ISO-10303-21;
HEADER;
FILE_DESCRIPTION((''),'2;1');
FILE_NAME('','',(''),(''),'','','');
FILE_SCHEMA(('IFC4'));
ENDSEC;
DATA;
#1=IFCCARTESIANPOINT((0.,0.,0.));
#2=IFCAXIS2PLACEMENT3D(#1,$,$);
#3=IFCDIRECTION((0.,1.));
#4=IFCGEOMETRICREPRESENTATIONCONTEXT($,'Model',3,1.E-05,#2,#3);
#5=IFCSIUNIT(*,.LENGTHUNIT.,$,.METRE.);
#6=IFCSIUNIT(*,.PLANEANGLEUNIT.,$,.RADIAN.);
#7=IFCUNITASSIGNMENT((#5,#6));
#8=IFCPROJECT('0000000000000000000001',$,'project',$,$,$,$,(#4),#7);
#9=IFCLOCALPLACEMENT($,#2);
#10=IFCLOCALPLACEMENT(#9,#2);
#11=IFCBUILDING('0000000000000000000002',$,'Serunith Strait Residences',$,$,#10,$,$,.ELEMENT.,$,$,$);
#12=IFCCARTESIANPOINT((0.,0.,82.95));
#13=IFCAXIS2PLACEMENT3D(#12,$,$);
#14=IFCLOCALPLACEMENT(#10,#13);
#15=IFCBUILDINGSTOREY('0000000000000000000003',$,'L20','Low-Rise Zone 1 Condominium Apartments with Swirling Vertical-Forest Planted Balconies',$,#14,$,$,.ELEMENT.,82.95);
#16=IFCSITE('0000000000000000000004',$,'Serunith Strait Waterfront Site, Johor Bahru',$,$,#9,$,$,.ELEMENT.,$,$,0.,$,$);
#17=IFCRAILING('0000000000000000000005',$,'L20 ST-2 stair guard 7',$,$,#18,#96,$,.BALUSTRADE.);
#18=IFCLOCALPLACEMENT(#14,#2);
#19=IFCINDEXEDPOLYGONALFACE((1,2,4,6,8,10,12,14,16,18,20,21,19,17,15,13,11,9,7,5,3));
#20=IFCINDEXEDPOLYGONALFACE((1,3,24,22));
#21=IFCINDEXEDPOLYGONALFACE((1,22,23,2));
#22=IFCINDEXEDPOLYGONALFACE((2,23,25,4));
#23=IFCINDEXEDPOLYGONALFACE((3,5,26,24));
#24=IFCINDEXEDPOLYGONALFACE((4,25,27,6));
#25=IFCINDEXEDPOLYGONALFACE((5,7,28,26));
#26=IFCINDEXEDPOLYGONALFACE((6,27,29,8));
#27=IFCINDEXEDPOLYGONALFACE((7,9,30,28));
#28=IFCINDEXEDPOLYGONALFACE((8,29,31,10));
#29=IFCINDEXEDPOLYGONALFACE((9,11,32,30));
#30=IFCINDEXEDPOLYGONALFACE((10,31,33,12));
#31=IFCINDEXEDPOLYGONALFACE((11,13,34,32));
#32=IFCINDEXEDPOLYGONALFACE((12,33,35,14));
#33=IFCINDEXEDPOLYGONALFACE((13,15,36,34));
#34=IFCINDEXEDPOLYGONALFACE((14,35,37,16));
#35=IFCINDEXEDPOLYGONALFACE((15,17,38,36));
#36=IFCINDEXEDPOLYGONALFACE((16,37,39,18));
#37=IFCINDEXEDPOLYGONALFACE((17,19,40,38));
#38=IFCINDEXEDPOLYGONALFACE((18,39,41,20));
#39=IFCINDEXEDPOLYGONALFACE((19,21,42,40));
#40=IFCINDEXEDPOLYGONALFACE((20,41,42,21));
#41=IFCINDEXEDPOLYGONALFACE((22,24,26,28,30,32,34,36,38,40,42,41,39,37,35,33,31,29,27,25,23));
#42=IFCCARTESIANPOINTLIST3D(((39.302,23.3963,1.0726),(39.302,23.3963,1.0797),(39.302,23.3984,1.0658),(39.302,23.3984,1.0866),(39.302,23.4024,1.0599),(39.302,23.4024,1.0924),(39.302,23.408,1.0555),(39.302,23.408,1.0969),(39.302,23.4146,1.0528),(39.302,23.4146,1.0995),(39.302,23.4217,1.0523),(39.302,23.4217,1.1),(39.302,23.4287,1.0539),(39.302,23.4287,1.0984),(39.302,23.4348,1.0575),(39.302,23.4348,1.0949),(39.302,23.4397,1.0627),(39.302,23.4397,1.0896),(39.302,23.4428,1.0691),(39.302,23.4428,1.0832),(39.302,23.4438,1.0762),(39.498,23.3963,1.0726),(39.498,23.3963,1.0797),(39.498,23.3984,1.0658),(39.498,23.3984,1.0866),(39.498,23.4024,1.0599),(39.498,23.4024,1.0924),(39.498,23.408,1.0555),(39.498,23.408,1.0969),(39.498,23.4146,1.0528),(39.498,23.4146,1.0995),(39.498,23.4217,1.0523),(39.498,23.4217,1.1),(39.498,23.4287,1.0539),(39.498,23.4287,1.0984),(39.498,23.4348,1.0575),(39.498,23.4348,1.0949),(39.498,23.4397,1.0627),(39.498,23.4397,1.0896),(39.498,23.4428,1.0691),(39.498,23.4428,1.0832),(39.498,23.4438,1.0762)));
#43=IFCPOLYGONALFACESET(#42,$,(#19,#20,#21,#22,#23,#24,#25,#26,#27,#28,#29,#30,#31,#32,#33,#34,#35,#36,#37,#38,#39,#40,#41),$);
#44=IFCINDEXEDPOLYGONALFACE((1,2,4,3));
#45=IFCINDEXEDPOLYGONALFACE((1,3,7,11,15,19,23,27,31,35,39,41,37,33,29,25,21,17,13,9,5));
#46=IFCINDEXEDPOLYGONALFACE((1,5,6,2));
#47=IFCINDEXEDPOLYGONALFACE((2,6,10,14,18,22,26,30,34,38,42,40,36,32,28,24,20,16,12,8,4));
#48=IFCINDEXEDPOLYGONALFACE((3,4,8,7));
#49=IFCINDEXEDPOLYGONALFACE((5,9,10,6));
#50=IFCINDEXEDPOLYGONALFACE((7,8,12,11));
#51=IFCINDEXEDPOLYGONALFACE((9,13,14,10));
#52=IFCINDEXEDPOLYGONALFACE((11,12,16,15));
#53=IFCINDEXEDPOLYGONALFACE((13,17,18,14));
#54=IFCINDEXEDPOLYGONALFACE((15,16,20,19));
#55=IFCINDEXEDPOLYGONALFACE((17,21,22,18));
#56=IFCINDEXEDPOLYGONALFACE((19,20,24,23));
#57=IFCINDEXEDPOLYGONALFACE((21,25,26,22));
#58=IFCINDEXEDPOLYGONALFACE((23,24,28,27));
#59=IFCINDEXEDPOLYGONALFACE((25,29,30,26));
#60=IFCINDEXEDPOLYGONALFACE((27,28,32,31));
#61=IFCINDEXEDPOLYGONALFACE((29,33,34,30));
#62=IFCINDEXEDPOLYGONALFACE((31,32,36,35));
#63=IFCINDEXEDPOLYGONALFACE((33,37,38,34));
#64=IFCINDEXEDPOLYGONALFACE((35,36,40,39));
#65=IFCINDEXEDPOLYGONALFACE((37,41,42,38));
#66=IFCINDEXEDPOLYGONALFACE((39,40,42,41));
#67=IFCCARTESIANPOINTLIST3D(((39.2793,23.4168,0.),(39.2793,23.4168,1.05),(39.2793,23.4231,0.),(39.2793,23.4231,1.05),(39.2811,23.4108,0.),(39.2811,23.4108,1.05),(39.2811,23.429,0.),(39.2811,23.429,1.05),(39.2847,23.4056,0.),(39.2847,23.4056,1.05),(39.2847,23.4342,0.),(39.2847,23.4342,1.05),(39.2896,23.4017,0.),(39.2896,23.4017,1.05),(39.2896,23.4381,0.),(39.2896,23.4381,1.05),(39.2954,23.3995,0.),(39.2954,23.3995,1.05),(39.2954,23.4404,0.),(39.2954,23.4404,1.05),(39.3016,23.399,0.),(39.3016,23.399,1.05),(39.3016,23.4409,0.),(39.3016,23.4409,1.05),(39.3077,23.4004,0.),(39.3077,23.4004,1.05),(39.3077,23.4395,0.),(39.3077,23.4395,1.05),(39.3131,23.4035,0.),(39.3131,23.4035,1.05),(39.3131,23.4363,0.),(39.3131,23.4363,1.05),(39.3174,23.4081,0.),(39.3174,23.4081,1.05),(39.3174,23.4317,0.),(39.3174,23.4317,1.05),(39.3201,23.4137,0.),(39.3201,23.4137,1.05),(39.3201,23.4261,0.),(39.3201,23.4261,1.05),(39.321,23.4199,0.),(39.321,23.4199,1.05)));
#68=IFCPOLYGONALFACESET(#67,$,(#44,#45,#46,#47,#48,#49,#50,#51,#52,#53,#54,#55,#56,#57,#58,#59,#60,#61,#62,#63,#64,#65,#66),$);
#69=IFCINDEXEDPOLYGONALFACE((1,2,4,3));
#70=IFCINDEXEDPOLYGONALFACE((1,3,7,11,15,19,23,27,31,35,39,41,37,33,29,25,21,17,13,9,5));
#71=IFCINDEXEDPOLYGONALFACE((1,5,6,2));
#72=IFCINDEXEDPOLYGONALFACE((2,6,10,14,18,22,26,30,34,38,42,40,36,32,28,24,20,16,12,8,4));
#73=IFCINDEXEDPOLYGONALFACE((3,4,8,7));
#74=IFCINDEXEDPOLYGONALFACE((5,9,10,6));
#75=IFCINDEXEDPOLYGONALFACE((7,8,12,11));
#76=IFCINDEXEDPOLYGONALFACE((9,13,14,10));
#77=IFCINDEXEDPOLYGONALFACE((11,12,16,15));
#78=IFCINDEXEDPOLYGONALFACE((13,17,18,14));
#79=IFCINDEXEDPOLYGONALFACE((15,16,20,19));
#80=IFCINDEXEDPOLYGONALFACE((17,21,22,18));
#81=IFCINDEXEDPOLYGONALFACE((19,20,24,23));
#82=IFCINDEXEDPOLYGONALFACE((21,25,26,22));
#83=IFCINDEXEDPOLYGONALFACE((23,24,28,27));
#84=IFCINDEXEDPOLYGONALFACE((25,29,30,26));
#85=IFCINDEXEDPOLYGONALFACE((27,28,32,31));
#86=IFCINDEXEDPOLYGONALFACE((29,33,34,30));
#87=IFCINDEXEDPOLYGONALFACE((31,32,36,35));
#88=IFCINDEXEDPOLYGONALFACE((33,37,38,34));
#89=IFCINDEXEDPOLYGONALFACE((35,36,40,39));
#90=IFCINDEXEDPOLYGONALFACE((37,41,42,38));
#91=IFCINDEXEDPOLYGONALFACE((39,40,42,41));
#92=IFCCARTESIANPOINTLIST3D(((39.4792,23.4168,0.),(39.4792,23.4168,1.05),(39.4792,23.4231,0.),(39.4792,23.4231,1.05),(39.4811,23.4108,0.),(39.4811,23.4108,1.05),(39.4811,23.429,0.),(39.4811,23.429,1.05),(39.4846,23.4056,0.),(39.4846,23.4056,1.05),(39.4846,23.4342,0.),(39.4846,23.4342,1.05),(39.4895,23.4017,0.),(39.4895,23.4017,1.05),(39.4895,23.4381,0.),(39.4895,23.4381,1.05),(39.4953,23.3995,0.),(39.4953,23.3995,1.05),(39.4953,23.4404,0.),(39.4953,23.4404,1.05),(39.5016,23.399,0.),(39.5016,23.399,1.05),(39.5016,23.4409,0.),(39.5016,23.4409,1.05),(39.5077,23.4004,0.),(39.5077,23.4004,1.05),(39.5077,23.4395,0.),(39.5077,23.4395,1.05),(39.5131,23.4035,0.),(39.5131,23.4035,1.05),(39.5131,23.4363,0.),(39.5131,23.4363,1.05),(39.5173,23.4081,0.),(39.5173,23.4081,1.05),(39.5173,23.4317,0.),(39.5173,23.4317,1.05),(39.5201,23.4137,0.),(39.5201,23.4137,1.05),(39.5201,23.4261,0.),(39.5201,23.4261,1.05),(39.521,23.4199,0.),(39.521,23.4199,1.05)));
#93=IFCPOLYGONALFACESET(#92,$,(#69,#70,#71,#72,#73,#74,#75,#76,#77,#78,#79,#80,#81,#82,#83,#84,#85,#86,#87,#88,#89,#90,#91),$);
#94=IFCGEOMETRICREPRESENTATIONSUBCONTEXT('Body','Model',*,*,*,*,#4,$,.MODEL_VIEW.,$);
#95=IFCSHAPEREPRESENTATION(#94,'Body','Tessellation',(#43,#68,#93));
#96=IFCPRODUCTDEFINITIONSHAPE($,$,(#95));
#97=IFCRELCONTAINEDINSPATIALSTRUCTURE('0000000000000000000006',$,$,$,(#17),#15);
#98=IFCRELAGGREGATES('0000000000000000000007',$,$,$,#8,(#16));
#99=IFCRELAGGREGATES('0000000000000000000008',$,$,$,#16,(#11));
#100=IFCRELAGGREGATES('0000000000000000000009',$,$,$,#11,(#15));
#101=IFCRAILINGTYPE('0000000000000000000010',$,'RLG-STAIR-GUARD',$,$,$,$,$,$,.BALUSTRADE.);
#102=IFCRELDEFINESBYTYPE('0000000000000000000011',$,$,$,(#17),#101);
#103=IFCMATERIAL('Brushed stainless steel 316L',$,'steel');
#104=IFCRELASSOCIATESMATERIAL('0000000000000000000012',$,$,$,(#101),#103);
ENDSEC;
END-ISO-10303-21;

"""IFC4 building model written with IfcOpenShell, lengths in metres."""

from ifc_helpers import new_model, si_unit, direction, frame, origin, origin_2d, place, context, subcontext, project, spatial, circle, extrude, material, type_object, element, save


model = new_model("IFC4")

# Units and contexts
model_context = context("Model", 3, precision=1e-05, world=origin(), true_north=direction((0.0, 1.0)))
body_context = subcontext(model_context, "Body", "Model", "MODEL_VIEW")
ifc_project = project(units=[si_unit("LENGTHUNIT", "METRE"), si_unit("PLANEANGLEUNIT", "RADIAN")], contexts=[model_context])

# Site, building, storey
site_placement = place(None, origin())
site = spatial("IfcSite", under=ifc_project, at=site_placement, Name="Serunith Strait Waterfront Site, Johor Bahru", CompositionType="ELEMENT", RefElevation=0.0)
building_placement = place(site_placement, origin())
building = spatial("IfcBuilding", under=site, at=building_placement, Name="Serunith Strait Residences", CompositionType="ELEMENT")
storey_placement = place(building_placement, frame((0.0, 0.0, 82.95)))
storey = spatial("IfcBuildingStorey", under=building, at=storey_placement, Name="L20", Description="Low-Rise Zone 1 Condominium Apartments with Swirling Vertical-Forest Planted Balconies", CompositionType="ELEMENT", Elevation=82.95)

# Railing
ifc_material_1 = material(Name="Brushed stainless steel 316L", Category="steel")
railing_type_1 = type_object("IfcRailingType", Name="RLG-STAIR-GUARD", PredefinedType="BALUSTRADE", material=ifc_material_1)
railing_1_placement = place(storey_placement, frame((39.3, 23.4199, 0.0)))
element("IfcRailing", 1, at=railing_1_placement, inside=storey, type_object=railing_type_1, Name="L20 ST-2 stair guard 7", PredefinedType="BALUSTRADE", context=body_context, shape_type="SweptSolid", body=[
    extrude(circle(Radius=0.0239, at=origin_2d()), frame((0.002, 0.0, 1.0762), z_axis=(1.0, 0.0, 0.0), x_axis=(0.0, 1.0, 0.0)), (0.0, 0.0, 1.0), 0.196),
    extrude(circle(Radius=0.021, at=origin_2d()), origin(), (0.0, 0.0, 1.0), 1.05),
    extrude(circle(Radius=0.021, at=origin_2d()), frame((0.2, 0.0, 0.0)), (0.0, 0.0, 1.0), 1.05),
])

save(model, "model.ifc")
